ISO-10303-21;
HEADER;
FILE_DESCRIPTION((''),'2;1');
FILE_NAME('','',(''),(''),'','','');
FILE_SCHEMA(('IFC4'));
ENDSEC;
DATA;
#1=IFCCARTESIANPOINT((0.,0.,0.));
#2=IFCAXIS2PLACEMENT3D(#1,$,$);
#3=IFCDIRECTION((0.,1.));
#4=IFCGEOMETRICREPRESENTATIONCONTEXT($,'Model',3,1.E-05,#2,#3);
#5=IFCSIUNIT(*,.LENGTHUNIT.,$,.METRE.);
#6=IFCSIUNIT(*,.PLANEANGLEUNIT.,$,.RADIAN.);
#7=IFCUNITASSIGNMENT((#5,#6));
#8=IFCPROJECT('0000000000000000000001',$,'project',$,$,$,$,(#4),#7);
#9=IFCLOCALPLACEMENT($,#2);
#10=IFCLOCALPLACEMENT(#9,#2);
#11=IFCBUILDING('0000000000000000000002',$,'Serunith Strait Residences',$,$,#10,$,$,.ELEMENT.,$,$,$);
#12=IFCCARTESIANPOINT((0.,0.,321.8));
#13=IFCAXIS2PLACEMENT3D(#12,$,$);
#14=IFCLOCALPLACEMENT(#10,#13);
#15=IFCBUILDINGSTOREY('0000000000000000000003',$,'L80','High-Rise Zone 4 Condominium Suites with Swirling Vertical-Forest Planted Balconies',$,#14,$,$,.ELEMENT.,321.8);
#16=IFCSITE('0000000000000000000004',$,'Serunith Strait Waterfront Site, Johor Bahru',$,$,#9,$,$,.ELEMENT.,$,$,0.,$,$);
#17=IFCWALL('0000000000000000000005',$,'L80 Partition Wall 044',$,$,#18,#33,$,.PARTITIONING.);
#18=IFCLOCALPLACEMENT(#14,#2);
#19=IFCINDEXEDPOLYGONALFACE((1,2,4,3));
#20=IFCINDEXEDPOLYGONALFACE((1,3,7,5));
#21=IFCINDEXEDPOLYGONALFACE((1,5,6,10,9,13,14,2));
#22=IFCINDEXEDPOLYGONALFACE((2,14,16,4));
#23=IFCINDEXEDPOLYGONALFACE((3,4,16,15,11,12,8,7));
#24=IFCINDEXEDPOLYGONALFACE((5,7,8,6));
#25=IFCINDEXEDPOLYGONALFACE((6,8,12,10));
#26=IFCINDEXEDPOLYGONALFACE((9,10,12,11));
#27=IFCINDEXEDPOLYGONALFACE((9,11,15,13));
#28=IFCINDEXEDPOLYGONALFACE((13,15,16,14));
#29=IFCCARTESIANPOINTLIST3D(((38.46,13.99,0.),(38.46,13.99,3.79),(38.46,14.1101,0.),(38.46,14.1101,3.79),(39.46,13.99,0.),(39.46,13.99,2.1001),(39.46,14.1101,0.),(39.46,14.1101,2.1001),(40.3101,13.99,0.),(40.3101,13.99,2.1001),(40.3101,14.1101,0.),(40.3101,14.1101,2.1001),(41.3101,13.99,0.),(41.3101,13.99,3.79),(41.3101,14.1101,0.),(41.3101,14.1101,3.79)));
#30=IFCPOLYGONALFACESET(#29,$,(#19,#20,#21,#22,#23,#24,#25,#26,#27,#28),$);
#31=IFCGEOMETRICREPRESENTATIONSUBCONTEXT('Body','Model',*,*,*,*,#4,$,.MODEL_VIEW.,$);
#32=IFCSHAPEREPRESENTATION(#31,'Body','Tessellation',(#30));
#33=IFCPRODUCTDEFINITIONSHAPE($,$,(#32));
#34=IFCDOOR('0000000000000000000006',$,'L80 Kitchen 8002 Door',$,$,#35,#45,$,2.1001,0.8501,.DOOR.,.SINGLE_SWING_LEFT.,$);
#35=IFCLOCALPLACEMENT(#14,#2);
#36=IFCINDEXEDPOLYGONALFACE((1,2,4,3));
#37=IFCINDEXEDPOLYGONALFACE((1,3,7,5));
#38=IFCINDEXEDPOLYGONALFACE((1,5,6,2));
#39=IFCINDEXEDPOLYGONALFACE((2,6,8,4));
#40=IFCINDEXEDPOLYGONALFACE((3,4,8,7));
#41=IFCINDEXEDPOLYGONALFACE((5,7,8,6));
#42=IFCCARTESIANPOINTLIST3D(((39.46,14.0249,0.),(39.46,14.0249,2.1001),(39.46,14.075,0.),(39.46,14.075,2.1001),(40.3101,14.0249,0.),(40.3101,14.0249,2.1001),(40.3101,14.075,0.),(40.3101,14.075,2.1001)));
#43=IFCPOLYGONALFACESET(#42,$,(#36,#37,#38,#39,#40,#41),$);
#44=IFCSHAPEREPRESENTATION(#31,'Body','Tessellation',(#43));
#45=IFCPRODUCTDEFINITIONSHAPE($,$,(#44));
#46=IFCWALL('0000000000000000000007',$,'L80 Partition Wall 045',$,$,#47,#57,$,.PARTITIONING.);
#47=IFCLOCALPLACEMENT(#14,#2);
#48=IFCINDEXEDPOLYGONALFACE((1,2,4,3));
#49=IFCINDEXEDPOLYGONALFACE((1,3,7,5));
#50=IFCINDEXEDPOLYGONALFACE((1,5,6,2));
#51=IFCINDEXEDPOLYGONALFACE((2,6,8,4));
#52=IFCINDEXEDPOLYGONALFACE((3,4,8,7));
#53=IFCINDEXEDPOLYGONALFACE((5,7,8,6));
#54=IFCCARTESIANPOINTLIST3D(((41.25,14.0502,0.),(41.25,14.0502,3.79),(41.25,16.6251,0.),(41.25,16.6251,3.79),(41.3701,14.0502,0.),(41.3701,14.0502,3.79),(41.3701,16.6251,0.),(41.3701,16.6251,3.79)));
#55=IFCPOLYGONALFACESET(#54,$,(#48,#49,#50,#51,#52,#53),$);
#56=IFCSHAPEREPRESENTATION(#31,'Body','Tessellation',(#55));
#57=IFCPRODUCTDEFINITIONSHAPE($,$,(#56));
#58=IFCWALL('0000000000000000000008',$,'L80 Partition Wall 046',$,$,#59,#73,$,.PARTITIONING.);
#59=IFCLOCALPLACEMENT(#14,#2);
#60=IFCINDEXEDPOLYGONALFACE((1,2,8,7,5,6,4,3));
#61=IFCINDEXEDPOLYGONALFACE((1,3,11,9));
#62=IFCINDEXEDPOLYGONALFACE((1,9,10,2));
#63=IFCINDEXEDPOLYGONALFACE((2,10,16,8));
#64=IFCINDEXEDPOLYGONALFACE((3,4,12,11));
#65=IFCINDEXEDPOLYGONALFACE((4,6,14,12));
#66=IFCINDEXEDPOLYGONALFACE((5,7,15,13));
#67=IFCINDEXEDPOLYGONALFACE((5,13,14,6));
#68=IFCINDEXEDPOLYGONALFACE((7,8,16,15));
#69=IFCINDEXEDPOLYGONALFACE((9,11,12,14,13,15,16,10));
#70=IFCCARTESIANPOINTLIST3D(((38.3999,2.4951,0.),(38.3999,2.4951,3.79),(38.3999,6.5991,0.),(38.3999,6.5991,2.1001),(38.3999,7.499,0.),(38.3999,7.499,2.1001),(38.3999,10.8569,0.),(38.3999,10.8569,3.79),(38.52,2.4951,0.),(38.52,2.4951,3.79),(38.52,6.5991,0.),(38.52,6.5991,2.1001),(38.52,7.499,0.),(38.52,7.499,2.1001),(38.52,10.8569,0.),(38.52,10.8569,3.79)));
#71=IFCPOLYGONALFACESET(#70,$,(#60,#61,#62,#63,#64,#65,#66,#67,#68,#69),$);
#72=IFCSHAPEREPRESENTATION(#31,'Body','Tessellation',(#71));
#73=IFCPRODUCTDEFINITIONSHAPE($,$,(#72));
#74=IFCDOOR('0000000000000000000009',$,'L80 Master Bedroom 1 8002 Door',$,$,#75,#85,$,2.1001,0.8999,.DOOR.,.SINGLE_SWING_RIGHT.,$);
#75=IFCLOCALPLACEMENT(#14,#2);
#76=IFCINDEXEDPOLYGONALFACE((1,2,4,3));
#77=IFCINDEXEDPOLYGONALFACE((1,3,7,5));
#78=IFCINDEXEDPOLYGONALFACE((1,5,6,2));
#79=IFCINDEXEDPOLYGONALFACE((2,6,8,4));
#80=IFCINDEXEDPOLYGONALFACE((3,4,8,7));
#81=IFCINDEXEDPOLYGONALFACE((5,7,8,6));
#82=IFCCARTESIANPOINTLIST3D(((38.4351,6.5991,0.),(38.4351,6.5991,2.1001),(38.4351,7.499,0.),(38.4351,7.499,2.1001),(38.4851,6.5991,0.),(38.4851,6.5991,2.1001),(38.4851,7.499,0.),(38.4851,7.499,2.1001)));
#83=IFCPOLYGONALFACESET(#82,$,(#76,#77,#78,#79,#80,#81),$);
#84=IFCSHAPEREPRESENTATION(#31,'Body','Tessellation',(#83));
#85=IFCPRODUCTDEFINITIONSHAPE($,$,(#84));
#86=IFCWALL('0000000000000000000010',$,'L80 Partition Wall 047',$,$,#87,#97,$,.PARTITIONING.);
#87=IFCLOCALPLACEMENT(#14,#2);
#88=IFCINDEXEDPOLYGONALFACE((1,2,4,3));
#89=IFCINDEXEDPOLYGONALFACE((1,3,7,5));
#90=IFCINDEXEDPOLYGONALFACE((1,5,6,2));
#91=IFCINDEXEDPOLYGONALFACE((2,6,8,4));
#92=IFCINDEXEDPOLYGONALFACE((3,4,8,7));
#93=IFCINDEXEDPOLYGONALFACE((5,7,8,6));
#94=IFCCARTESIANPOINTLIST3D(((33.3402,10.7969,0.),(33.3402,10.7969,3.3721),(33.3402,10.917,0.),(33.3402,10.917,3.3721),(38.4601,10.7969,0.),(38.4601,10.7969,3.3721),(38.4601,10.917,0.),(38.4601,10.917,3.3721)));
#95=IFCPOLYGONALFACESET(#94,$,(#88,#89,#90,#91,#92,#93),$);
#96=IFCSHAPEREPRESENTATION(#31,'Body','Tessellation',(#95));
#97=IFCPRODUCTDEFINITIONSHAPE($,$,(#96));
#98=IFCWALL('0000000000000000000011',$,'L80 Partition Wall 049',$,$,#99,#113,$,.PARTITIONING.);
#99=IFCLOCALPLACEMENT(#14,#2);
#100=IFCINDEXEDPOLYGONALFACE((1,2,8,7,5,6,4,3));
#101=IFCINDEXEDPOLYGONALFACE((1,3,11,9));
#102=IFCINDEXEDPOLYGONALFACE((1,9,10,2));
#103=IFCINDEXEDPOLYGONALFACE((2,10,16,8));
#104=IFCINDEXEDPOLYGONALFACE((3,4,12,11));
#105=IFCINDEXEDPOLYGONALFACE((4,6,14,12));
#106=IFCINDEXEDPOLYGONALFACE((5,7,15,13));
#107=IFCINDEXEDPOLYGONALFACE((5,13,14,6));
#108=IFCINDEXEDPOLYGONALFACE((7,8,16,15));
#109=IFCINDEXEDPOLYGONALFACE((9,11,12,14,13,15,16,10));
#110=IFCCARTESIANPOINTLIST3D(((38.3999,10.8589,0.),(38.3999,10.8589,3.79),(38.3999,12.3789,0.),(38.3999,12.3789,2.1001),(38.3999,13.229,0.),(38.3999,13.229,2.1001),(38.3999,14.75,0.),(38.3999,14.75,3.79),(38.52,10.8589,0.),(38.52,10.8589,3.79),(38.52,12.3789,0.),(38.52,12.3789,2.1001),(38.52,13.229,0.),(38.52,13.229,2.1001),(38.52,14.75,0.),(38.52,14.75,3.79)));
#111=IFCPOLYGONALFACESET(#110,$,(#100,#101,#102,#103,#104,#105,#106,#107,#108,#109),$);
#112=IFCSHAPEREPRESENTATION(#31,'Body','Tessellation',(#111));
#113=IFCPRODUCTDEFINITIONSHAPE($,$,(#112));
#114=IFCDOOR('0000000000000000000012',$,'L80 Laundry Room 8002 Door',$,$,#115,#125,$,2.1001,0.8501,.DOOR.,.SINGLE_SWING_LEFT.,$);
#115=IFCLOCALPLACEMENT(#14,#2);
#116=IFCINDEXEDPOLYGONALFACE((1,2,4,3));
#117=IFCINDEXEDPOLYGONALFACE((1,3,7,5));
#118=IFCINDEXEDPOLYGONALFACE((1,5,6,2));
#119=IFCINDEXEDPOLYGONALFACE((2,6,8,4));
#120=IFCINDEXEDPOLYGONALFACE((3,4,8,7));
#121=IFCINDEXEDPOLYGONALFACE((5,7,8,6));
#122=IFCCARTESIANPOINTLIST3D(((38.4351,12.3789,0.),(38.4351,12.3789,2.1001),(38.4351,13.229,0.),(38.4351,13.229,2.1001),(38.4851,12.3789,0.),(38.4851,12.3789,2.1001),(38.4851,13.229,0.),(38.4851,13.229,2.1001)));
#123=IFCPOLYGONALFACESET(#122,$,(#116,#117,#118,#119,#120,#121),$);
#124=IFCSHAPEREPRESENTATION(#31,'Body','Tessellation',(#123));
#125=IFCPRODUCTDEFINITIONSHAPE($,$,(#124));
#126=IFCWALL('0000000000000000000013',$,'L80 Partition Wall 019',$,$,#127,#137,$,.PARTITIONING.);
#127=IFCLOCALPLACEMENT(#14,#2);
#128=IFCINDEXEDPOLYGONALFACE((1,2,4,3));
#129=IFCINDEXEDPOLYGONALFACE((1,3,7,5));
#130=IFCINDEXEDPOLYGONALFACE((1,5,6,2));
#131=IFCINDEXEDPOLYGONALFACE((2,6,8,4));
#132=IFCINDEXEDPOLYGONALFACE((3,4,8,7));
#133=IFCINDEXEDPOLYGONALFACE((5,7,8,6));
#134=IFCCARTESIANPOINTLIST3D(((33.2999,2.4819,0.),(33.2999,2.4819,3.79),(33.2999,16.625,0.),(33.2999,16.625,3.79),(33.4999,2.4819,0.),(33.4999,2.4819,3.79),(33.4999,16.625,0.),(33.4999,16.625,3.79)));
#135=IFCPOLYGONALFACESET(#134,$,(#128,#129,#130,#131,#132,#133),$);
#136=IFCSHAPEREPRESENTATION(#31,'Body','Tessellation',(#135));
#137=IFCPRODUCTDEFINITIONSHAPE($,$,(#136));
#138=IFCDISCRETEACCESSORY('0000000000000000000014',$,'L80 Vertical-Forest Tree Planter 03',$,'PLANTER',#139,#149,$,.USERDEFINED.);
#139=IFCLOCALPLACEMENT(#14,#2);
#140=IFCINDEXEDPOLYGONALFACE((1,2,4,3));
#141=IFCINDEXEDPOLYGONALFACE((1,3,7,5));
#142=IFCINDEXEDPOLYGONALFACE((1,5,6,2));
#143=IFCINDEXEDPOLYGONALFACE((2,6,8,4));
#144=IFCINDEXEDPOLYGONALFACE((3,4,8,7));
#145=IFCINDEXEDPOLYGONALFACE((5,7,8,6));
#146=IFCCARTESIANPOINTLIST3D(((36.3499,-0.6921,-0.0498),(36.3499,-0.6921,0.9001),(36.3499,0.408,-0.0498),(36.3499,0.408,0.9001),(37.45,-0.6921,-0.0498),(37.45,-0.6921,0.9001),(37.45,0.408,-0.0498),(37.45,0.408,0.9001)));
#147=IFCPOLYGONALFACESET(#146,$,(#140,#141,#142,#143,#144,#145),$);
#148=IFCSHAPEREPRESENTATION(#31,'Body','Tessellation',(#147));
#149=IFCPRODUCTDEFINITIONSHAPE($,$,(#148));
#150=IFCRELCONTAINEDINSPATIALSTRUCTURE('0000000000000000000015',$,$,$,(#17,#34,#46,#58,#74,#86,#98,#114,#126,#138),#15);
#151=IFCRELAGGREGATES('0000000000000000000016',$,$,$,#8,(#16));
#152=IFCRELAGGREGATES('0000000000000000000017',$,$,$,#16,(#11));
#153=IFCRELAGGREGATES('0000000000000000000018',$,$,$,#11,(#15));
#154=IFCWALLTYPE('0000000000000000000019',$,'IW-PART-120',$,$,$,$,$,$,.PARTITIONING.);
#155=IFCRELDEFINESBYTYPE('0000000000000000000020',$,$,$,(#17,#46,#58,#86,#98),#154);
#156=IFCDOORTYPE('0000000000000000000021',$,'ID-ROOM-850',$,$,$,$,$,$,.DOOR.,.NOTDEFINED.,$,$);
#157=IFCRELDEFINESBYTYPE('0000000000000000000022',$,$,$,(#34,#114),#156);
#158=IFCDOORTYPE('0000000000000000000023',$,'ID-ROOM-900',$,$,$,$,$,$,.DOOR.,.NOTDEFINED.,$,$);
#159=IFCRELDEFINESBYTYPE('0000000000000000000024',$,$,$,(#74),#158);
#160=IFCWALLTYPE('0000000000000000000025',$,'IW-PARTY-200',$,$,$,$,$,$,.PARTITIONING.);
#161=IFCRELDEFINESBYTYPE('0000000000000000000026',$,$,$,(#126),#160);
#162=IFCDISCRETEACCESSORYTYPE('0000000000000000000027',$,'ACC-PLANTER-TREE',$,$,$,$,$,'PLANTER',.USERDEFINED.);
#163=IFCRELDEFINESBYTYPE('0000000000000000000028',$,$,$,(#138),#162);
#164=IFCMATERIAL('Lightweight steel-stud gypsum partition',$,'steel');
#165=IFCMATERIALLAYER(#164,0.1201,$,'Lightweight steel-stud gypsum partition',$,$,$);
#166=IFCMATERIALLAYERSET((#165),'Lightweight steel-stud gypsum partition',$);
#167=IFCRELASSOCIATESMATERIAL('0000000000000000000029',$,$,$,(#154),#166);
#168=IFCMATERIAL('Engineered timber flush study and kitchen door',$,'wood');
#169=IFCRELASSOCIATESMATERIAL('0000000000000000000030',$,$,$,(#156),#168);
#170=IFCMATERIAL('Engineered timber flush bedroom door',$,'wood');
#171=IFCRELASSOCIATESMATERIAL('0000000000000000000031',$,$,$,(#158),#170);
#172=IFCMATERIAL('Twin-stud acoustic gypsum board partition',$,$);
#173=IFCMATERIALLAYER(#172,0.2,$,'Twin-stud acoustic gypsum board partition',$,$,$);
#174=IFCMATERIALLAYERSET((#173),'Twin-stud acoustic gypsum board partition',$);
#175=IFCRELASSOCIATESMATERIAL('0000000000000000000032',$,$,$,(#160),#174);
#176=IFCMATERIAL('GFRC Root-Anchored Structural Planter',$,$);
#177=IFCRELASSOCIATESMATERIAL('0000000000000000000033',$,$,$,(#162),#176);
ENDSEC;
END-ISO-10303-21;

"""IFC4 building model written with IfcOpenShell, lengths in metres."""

from ifc_helpers import new_model, si_unit, direction, frame, frame_2d, origin, origin_2d, place, context, subcontext, project, spatial, rectangle, extrude, source, transform, mapped, material, layer, layer_set, type_object, element, fill, save


model = new_model("IFC4")

# Units and contexts
model_context = context("Model", 3, precision=1e-05, world=origin(), true_north=direction((0.0, 1.0)))
body_context = subcontext(model_context, "Body", "Model", "MODEL_VIEW")
ifc_project = project(units=[si_unit("LENGTHUNIT", "METRE"), si_unit("PLANEANGLEUNIT", "RADIAN")], contexts=[model_context])

# Site, building, storey
site_placement = place(None, origin())
site = spatial("IfcSite", under=ifc_project, at=site_placement, Name="Serunith Strait Waterfront Site, Johor Bahru", CompositionType="ELEMENT", RefElevation=0.0)
building_placement = place(site_placement, origin())
building = spatial("IfcBuilding", under=site, at=building_placement, Name="Serunith Strait Residences", CompositionType="ELEMENT")
storey_placement = place(building_placement, frame((0.0, 0.0, 321.8)))
storey = spatial("IfcBuildingStorey", under=building, at=storey_placement, Name="L80", Description="High-Rise Zone 4 Condominium Suites with Swirling Vertical-Forest Planted Balconies", CompositionType="ELEMENT", Elevation=321.8)

# Wall, opening, door
ifc_material_1 = material(Name="Lightweight steel-stud gypsum partition", Category="steel")
ifc_layer_1 = layer(ifc_material_1, 0.1201, Name="Lightweight steel-stud gypsum partition")
ifc_layer_set_1 = layer_set([ifc_layer_1], Name="Lightweight steel-stud gypsum partition")
wall_type_1 = type_object("IfcWallType", Name="IW-PART-120", PredefinedType="PARTITIONING", material=ifc_layer_set_1)
wall_1_placement = place(storey_placement, frame((38.46, 14.05, 0.0), z_axis=(0.0, 0.0, 1.0), x_axis=(1.0, 0.0, 0.0)))
wall_1 = element("IfcWall", 1, at=wall_1_placement, inside=storey, type_object=wall_type_1, Name="L80 Partition Wall 044", PredefinedType="PARTITIONING", context=body_context, shape_type="SweptSolid", body=[
    extrude(rectangle(XDim=2.8501, YDim=0.1201, at=frame_2d((1.425, 0.0))), origin(), (0.0, 0.0, 1.0), 3.79),
])
opening_1_placement = place(wall_1_placement, frame((1.0, 0.0, 0.0)))
opening_1 = element("IfcOpeningElement", 2, at=opening_1_placement, cuts=wall_1, PredefinedType="OPENING", context=body_context, shape_type="SweptSolid", body=[
    extrude(rectangle(XDim=0.8501, YDim=2.1001, at=frame_2d((0.425, 1.05))), frame((0.0, 0.0701, 0.0), z_axis=(0.0, -1.0, 0.0), x_axis=(1.0, 0.0, 0.0)), (0.0, 0.0, 1.0), 0.1401),
])
ifc_material_2 = material(Name="Engineered timber flush study and kitchen door", Category="wood")
door_type_1 = type_object("IfcDoorType", Name="ID-ROOM-850", OperationType="NOTDEFINED", PredefinedType="DOOR", material=ifc_material_2)
shared_shape_1 = source(origin(), body_context, "Body", "SweptSolid", [
    extrude(rectangle(XDim=0.8501, YDim=2.1001, at=frame_2d((0.425, 1.05))), frame((0.0, 0.0249, 0.0), z_axis=(0.0, -1.0, 0.0), x_axis=(1.0, 0.0, 0.0)), (0.0, 0.0, 1.0), 0.05),
])
door_1_placement = place(opening_1_placement, origin())
door_1 = element("IfcDoor", 3, at=door_1_placement, inside=storey, type_object=door_type_1, Name="L80 Kitchen 8002 Door", OperationType="SINGLE_SWING_LEFT", OverallHeight=2.1001, OverallWidth=0.8501, PredefinedType="DOOR", context=body_context, shape_type="MappedRepresentation", body=[
    mapped(shared_shape_1, transform((0.0, 0.0, 0.0), scale=1.0)),
])
fill(opening_1, door_1)

# Wall
wall_2_placement = place(storey_placement, frame((41.3101, 14.05, 0.0), z_axis=(0.0, 0.0, 1.0), x_axis=(0.0, 1.0, 0.0)))
element("IfcWall", 4, at=wall_2_placement, inside=storey, type_object=wall_type_1, Name="L80 Partition Wall 045", PredefinedType="PARTITIONING", context=body_context, shape_type="SweptSolid", body=[
    extrude(rectangle(XDim=2.575, YDim=0.1201, at=frame_2d((1.2876, 0.0))), origin(), (0.0, 0.0, 1.0), 3.79),
])

# Wall, opening, door
wall_3_placement = place(storey_placement, frame((38.46, 2.4951, 0.0), z_axis=(0.0, 0.0, 1.0), x_axis=(0.0, 1.0, 0.0)))
wall_3 = element("IfcWall", 5, at=wall_3_placement, inside=storey, type_object=wall_type_1, Name="L80 Partition Wall 046", PredefinedType="PARTITIONING", context=body_context, shape_type="SweptSolid", body=[
    extrude(rectangle(XDim=8.3618, YDim=0.1201, at=frame_2d((4.1809, 0.0))), origin(), (0.0, 0.0, 1.0), 3.79),
])
opening_2_placement = place(wall_3_placement, frame((4.104, 0.0, 0.0)))
opening_2 = element("IfcOpeningElement", 6, at=opening_2_placement, cuts=wall_3, PredefinedType="OPENING", context=body_context, shape_type="SweptSolid", body=[
    extrude(rectangle(XDim=0.8999, YDim=2.1001, at=frame_2d((0.45, 1.05))), frame((0.0, 0.0701, 0.0), z_axis=(0.0, -1.0, 0.0), x_axis=(1.0, 0.0, 0.0)), (0.0, 0.0, 1.0), 0.1401),
])
ifc_material_3 = material(Name="Engineered timber flush bedroom door", Category="wood")
door_type_2 = type_object("IfcDoorType", Name="ID-ROOM-900", OperationType="NOTDEFINED", PredefinedType="DOOR", material=ifc_material_3)
shared_shape_2 = source(origin(), body_context, "Body", "SweptSolid", [
    extrude(rectangle(XDim=0.8999, YDim=2.1001, at=frame_2d((0.45, 1.05))), frame((0.0, 0.0249, 0.0), z_axis=(0.0, -1.0, 0.0), x_axis=(1.0, 0.0, 0.0)), (0.0, 0.0, 1.0), 0.05),
])
door_2_placement = place(opening_2_placement, origin())
door_2 = element("IfcDoor", 7, at=door_2_placement, inside=storey, type_object=door_type_2, Name="L80 Master Bedroom 1 8002 Door", OperationType="SINGLE_SWING_RIGHT", OverallHeight=2.1001, OverallWidth=0.8999, PredefinedType="DOOR", context=body_context, shape_type="MappedRepresentation", body=[
    mapped(shared_shape_2, transform((0.0, 0.0, 0.0), scale=1.0)),
])
fill(opening_2, door_2)

# Wall
wall_4_placement = place(storey_placement, frame((33.3401, 10.8569, 0.0), z_axis=(0.0, 0.0, 1.0), x_axis=(1.0, 0.0, 0.0)))
element("IfcWall", 8, at=wall_4_placement, inside=storey, type_object=wall_type_1, Name="L80 Partition Wall 047", PredefinedType="PARTITIONING", context=body_context, shape_type="SweptSolid", body=[
    extrude(rectangle(XDim=5.1199, YDim=0.1201, at=frame_2d((2.5601, 0.0))), origin(), (0.0, 0.0, 1.0), 3.3721),
])

# Wall, opening, door
wall_5_placement = place(storey_placement, frame((38.46, 10.8589, 0.0), z_axis=(0.0, 0.0, 1.0), x_axis=(0.0, 1.0, 0.0)))
wall_5 = element("IfcWall", 9, at=wall_5_placement, inside=storey, type_object=wall_type_1, Name="L80 Partition Wall 049", PredefinedType="PARTITIONING", context=body_context, shape_type="SweptSolid", body=[
    extrude(rectangle(XDim=3.8911, YDim=0.1201, at=frame_2d((1.9456, 0.0))), origin(), (0.0, 0.0, 1.0), 3.79),
])
opening_3_placement = place(wall_5_placement, frame((1.52, 0.0, 0.0)))
opening_3 = element("IfcOpeningElement", 10, at=opening_3_placement, cuts=wall_5, PredefinedType="OPENING", context=body_context, shape_type="SweptSolid", body=[
    extrude(rectangle(XDim=0.8501, YDim=2.1001, at=frame_2d((0.425, 1.05))), frame((0.0, 0.0701, 0.0), z_axis=(0.0, -1.0, 0.0), x_axis=(1.0, 0.0, 0.0)), (0.0, 0.0, 1.0), 0.1401),
])
door_3_placement = place(opening_3_placement, origin())
door_3 = element("IfcDoor", 11, at=door_3_placement, inside=storey, type_object=door_type_1, Name="L80 Laundry Room 8002 Door", OperationType="SINGLE_SWING_LEFT", OverallHeight=2.1001, OverallWidth=0.8501, PredefinedType="DOOR", context=body_context, shape_type="MappedRepresentation", body=[
    mapped(shared_shape_1, transform((0.0, 0.0, 0.0), scale=1.0)),
])
fill(opening_3, door_3)

# Wall
ifc_material_4 = material(Name="Twin-stud acoustic gypsum board partition")
ifc_layer_2 = layer(ifc_material_4, 0.2, Name="Twin-stud acoustic gypsum board partition")
ifc_layer_set_2 = layer_set([ifc_layer_2], Name="Twin-stud acoustic gypsum board partition")
wall_type_2 = type_object("IfcWallType", Name="IW-PARTY-200", PredefinedType="PARTITIONING", material=ifc_layer_set_2)
wall_6_placement = place(storey_placement, frame((33.3999, 2.4819, 0.0), z_axis=(0.0, 0.0, 1.0), x_axis=(0.0, 1.0, 0.0)))
element("IfcWall", 12, at=wall_6_placement, inside=storey, type_object=wall_type_2, Name="L80 Partition Wall 019", PredefinedType="PARTITIONING", context=body_context, shape_type="SweptSolid", body=[
    extrude(rectangle(XDim=14.1431, YDim=0.2, at=frame_2d((7.0715, 0.0))), origin(), (0.0, 0.0, 1.0), 3.79),
])

# Discrete accessory
ifc_material_5 = material(Name="GFRC Root-Anchored Structural Planter")
discrete_accessory_type = type_object("IfcDiscreteAccessoryType", Name="ACC-PLANTER-TREE", ElementType="PLANTER", PredefinedType="USERDEFINED", material=ifc_material_5)
shared_shape_3 = source(origin(), body_context, "Body", "SweptSolid", [
    extrude(rectangle(XDim=1.1001, YDim=1.1001, at=origin_2d()), origin(), (0.0, 0.0, 1.0), 0.95),
])
discrete_accessory_placement = place(storey_placement, frame((36.8999, -0.1421, -0.0498), z_axis=(0.0, 0.0, 1.0), x_axis=(1.0, 0.0, 0.0)))
element("IfcDiscreteAccessory", 13, at=discrete_accessory_placement, inside=storey, type_object=discrete_accessory_type, Name="L80 Vertical-Forest Tree Planter 03", ObjectType="PLANTER", PredefinedType="USERDEFINED", context=body_context, shape_type="MappedRepresentation", body=[
    mapped(shared_shape_3, transform((0.0, 0.0, 0.0), scale=1.0)),
])

save(model, "model.ifc")
